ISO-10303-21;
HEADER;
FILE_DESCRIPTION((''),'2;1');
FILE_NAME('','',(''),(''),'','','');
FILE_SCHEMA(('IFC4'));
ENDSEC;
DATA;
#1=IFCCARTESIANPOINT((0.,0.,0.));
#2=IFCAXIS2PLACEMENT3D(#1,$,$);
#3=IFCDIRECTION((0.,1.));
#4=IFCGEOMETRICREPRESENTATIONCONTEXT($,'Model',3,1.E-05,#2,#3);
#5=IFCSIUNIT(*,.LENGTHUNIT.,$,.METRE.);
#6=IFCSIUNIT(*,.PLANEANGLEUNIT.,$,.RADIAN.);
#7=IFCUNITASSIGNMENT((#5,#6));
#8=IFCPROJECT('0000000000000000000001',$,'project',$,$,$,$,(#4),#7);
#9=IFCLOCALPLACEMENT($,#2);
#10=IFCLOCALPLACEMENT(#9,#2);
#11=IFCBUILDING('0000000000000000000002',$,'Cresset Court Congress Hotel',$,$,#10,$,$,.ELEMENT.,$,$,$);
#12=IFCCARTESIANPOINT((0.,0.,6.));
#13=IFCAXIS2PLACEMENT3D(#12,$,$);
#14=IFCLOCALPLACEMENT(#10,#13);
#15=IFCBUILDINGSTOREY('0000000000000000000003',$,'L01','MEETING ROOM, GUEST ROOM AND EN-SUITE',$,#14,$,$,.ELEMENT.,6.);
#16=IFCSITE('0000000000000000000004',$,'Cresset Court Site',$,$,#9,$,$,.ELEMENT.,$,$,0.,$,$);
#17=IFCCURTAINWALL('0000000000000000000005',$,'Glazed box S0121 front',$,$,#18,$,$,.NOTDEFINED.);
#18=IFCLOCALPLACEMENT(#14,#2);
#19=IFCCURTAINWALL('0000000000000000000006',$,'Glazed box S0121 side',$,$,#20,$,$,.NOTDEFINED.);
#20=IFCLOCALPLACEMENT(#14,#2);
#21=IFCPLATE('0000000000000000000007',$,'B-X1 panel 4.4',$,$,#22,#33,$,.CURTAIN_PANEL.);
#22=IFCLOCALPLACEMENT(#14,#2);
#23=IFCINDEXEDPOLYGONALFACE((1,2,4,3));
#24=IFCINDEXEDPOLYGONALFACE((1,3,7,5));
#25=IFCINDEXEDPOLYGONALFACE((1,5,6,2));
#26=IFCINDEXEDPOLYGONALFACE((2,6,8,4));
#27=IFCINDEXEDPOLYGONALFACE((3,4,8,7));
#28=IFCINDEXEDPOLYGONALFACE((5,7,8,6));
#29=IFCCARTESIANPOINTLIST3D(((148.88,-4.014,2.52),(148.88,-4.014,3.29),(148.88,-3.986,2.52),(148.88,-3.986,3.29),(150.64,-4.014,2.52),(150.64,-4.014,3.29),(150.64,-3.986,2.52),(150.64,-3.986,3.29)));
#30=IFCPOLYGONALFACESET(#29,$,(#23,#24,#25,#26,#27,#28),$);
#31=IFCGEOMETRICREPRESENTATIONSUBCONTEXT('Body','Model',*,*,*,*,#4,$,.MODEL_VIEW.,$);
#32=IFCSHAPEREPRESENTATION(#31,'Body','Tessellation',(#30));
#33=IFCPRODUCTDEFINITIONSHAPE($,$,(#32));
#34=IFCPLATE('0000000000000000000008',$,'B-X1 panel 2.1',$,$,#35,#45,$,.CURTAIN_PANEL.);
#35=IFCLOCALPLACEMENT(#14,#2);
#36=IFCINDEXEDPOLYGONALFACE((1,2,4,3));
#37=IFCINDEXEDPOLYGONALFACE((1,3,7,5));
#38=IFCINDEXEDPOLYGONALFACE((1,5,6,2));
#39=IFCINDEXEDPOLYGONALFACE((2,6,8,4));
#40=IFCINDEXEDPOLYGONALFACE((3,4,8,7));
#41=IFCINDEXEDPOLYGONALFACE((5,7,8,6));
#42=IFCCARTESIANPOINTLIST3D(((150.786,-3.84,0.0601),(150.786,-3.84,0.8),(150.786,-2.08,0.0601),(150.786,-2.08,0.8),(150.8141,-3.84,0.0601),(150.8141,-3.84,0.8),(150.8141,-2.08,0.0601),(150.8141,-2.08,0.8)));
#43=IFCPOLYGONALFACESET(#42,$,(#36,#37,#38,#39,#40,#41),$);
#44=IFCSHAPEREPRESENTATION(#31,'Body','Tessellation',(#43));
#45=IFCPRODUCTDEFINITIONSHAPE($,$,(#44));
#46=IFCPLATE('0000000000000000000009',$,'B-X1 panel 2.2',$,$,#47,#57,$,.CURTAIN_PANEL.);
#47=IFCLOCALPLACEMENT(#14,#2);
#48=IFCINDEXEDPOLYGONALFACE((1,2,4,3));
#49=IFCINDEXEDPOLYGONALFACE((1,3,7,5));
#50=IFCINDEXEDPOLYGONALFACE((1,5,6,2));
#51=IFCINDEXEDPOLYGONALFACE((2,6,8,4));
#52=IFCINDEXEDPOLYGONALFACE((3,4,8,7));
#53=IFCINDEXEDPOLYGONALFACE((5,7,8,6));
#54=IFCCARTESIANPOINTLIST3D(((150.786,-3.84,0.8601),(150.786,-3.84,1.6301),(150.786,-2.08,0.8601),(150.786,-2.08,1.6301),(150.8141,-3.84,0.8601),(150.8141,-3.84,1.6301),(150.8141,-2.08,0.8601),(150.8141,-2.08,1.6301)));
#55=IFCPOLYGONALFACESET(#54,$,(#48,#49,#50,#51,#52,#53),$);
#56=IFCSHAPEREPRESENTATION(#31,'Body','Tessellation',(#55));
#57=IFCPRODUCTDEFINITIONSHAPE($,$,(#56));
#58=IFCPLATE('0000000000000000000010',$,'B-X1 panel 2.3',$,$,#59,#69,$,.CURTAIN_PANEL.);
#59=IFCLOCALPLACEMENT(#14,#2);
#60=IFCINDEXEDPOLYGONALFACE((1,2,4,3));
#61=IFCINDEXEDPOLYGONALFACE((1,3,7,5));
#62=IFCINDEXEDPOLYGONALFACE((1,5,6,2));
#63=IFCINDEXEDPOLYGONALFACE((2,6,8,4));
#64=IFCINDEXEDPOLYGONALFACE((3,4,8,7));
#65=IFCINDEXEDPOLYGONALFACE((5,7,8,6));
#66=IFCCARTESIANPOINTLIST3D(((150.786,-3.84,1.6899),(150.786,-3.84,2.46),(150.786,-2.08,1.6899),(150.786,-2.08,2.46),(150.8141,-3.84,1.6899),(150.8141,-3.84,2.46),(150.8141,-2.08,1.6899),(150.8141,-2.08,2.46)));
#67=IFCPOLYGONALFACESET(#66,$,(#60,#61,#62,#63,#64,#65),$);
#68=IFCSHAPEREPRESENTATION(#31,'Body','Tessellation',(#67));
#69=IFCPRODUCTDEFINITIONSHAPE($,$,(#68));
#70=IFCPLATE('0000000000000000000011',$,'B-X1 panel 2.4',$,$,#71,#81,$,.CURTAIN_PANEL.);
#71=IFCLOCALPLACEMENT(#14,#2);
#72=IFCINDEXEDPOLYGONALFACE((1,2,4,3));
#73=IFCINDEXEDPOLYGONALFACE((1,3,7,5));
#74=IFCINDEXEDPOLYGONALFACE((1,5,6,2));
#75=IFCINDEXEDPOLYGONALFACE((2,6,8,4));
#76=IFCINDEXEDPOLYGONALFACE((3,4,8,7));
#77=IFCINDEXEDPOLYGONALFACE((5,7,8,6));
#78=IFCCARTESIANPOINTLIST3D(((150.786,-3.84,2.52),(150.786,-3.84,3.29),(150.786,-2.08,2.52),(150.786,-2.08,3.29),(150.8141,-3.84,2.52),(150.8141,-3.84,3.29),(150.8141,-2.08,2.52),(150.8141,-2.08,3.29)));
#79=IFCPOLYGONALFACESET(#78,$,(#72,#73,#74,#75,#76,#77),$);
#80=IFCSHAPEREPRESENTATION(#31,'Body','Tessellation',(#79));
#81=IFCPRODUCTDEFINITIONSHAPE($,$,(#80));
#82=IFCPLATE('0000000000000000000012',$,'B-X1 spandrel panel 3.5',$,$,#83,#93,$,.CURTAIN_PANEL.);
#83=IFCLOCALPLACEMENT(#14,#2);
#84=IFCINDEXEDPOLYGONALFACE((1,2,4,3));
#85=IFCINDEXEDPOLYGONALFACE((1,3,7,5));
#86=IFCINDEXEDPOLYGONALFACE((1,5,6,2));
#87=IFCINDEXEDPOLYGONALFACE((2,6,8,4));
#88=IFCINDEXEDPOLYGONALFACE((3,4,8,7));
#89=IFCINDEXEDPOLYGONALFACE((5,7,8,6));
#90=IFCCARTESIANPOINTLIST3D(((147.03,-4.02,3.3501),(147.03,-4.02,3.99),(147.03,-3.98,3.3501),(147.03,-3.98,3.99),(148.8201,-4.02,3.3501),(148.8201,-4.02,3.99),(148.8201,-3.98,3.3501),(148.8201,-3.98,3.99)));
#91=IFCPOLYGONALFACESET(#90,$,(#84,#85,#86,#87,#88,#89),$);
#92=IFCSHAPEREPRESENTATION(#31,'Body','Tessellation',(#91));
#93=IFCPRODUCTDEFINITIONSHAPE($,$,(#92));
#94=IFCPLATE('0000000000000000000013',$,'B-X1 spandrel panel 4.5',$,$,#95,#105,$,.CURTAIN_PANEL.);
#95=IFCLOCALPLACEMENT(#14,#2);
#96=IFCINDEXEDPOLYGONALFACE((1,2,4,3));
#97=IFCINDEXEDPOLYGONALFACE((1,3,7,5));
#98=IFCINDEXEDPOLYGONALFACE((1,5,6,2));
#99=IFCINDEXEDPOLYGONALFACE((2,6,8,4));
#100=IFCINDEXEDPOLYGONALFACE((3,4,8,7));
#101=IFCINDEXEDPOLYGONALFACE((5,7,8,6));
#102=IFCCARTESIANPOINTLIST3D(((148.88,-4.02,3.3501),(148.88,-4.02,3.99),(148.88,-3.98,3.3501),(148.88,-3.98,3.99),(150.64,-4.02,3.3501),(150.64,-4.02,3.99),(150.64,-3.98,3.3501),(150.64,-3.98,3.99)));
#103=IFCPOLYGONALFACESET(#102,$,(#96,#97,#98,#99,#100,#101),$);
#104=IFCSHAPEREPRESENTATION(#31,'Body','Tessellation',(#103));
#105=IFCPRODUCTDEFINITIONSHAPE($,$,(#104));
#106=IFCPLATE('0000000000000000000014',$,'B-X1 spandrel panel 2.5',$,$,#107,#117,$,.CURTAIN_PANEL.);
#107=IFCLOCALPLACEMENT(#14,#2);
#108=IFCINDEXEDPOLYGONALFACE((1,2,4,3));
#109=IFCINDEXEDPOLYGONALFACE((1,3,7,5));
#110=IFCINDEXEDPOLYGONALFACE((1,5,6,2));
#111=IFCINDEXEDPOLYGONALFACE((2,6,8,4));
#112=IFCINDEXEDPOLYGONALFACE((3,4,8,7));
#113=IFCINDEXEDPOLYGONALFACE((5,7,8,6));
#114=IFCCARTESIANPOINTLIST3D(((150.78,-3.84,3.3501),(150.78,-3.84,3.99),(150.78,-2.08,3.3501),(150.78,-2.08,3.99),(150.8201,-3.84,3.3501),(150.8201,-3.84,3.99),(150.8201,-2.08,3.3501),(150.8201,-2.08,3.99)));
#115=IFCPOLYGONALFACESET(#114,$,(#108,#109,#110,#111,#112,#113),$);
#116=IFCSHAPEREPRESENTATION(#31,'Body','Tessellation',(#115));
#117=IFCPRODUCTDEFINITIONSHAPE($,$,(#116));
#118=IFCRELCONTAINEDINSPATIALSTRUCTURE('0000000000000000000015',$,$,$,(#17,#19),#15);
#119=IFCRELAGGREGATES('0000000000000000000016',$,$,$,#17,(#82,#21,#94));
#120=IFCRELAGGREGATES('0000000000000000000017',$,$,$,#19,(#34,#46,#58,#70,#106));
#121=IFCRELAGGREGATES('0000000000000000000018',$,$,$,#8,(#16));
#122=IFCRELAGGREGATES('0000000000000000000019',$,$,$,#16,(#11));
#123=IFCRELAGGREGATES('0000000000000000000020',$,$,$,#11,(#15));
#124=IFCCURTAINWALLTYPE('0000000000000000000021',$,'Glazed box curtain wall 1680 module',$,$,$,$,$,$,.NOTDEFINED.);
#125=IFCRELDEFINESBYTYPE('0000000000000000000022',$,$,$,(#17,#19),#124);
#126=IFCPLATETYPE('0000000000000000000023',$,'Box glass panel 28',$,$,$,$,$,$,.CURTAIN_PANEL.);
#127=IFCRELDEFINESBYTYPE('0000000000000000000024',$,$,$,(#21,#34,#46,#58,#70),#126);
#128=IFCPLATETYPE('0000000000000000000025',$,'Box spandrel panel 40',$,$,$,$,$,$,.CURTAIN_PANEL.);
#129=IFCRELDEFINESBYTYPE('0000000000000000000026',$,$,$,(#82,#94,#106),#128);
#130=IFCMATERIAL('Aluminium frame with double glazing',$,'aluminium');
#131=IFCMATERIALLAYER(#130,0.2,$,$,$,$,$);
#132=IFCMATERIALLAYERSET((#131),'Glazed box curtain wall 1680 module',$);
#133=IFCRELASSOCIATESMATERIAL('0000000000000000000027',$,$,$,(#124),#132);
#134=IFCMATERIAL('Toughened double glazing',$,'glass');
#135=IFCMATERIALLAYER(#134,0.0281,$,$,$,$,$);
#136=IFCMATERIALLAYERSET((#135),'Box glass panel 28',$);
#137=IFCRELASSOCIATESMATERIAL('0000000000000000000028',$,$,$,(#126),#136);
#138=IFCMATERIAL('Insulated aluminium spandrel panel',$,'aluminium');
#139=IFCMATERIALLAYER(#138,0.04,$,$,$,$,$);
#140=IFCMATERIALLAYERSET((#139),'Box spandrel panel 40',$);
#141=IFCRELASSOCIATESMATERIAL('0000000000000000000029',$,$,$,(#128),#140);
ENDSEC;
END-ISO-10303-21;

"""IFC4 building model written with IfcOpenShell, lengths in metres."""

from ifc_helpers import new_model, si_unit, direction, frame, origin, origin_2d, place, context, subcontext, project, spatial, rectangle, extrude, material, layer, layer_set, type_object, element, aggregate, save


model = new_model("IFC4")

# Units and contexts
model_context = context("Model", 3, precision=1e-05, world=origin(), true_north=direction((0.0, 1.0)))
body_context = subcontext(model_context, "Body", "Model", "MODEL_VIEW")
ifc_project = project(units=[si_unit("LENGTHUNIT", "METRE"), si_unit("PLANEANGLEUNIT", "RADIAN")], contexts=[model_context])

# Site, building, storey
site_placement = place(None, origin())
site = spatial("IfcSite", under=ifc_project, at=site_placement, Name="Cresset Court Site", CompositionType="ELEMENT", RefElevation=0.0)
building_placement = place(site_placement, origin())
building = spatial("IfcBuilding", under=site, at=building_placement, Name="Cresset Court Congress Hotel", CompositionType="ELEMENT")
storey_placement = place(building_placement, frame((0.0, 0.0, 6.0)))
storey = spatial("IfcBuildingStorey", under=building, at=storey_placement, Name="L01", Description="MEETING ROOM, GUEST ROOM AND EN-SUITE", CompositionType="ELEMENT", Elevation=6.0)

# Curtain wall
ifc_material_1 = material(Name="Aluminium frame with double glazing", Category="aluminium")
ifc_layer_1 = layer(ifc_material_1, 0.2)
ifc_layer_set_1 = layer_set([ifc_layer_1], Name="Glazed box curtain wall 1680 module")
curtain_wall_type = type_object("IfcCurtainWallType", Name="Glazed box curtain wall 1680 module", PredefinedType="NOTDEFINED", material=ifc_layer_set_1)
curtain_wall_1_placement = place(storey_placement, origin())
curtain_wall_1 = element("IfcCurtainWall", 1, at=curtain_wall_1_placement, inside=storey, type_object=curtain_wall_type, Name="Glazed box S0121 front", PredefinedType="NOTDEFINED")

# Curtain wall
curtain_wall_2_placement = place(storey_placement, origin())
curtain_wall_2 = element("IfcCurtainWall", 2, at=curtain_wall_2_placement, inside=storey, type_object=curtain_wall_type, Name="Glazed box S0121 side", PredefinedType="NOTDEFINED")

# Plates
ifc_material_2 = material(Name="Toughened double glazing", Category="glass")
ifc_layer_2 = layer(ifc_material_2, 0.0281)
ifc_layer_set_2 = layer_set([ifc_layer_2], Name="Box glass panel 28")
plate_type_1 = type_object("IfcPlateType", Name="Box glass panel 28", PredefinedType="CURTAIN_PANEL", material=ifc_layer_set_2)
plate_1_placement = place(storey_placement, frame((149.76, -4.0, 2.52), z_axis=(0.0, 0.0, 1.0), x_axis=(1.0, 0.0, 0.0)))
plate_1 = element("IfcPlate", 3, at=plate_1_placement, type_object=plate_type_1, Name="B-X1 panel 4.4", PredefinedType="CURTAIN_PANEL", context=body_context, shape_type="SweptSolid", body=[
    extrude(rectangle(XDim=1.76, YDim=0.0281, at=origin_2d()), origin(), (0.0, 0.0, 1.0), 0.77),
])
plate_2_placement = place(storey_placement, frame((150.8, -2.96, 0.0601), z_axis=(0.0, 0.0, 1.0), x_axis=(0.0, -1.0, 0.0)))
plate_2 = element("IfcPlate", 4, at=plate_2_placement, type_object=plate_type_1, Name="B-X1 panel 2.1", PredefinedType="CURTAIN_PANEL", context=body_context, shape_type="SweptSolid", body=[
    extrude(rectangle(XDim=1.76, YDim=0.0281, at=origin_2d()), origin(), (0.0, 0.0, 1.0), 0.74),
])
plate_3_placement = place(storey_placement, frame((150.8, -2.96, 0.8601), z_axis=(0.0, 0.0, 1.0), x_axis=(0.0, -1.0, 0.0)))
plate_3 = element("IfcPlate", 5, at=plate_3_placement, type_object=plate_type_1, Name="B-X1 panel 2.2", PredefinedType="CURTAIN_PANEL", context=body_context, shape_type="SweptSolid", body=[
    extrude(rectangle(XDim=1.76, YDim=0.0281, at=origin_2d()), origin(), (0.0, 0.0, 1.0), 0.77),
])
plate_4_placement = place(storey_placement, frame((150.8, -2.96, 1.6899), z_axis=(0.0, 0.0, 1.0), x_axis=(0.0, -1.0, 0.0)))
plate_4 = element("IfcPlate", 6, at=plate_4_placement, type_object=plate_type_1, Name="B-X1 panel 2.3", PredefinedType="CURTAIN_PANEL", context=body_context, shape_type="SweptSolid", body=[
    extrude(rectangle(XDim=1.76, YDim=0.0281, at=origin_2d()), origin(), (0.0, 0.0, 1.0), 0.77),
])
plate_5_placement = place(storey_placement, frame((150.8, -2.96, 2.52), z_axis=(0.0, 0.0, 1.0), x_axis=(0.0, -1.0, 0.0)))
plate_5 = element("IfcPlate", 7, at=plate_5_placement, type_object=plate_type_1, Name="B-X1 panel 2.4", PredefinedType="CURTAIN_PANEL", context=body_context, shape_type="SweptSolid", body=[
    extrude(rectangle(XDim=1.76, YDim=0.0281, at=origin_2d()), origin(), (0.0, 0.0, 1.0), 0.77),
])
ifc_material_3 = material(Name="Insulated aluminium spandrel panel", Category="aluminium")
ifc_layer_3 = layer(ifc_material_3, 0.04)
ifc_layer_set_3 = layer_set([ifc_layer_3], Name="Box spandrel panel 40")
plate_type_2 = type_object("IfcPlateType", Name="Box spandrel panel 40", PredefinedType="CURTAIN_PANEL", material=ifc_layer_set_3)
plate_6_placement = place(storey_placement, frame((147.925, -4.0, 3.3501), z_axis=(0.0, 0.0, 1.0), x_axis=(1.0, 0.0, 0.0)))
plate_6 = element("IfcPlate", 8, at=plate_6_placement, type_object=plate_type_2, Name="B-X1 spandrel panel 3.5", PredefinedType="CURTAIN_PANEL", context=body_context, shape_type="SweptSolid", body=[
    extrude(rectangle(XDim=1.79, YDim=0.04, at=origin_2d()), origin(), (0.0, 0.0, 1.0), 0.6399),
])
plate_7_placement = place(storey_placement, frame((149.76, -4.0, 3.3501), z_axis=(0.0, 0.0, 1.0), x_axis=(1.0, 0.0, 0.0)))
plate_7 = element("IfcPlate", 9, at=plate_7_placement, type_object=plate_type_2, Name="B-X1 spandrel panel 4.5", PredefinedType="CURTAIN_PANEL", context=body_context, shape_type="SweptSolid", body=[
    extrude(rectangle(XDim=1.76, YDim=0.04, at=origin_2d()), origin(), (0.0, 0.0, 1.0), 0.6399),
])
aggregate(curtain_wall_1, [plate_6, plate_1, plate_7])
plate_8_placement = place(storey_placement, frame((150.8, -2.96, 3.3501), z_axis=(0.0, 0.0, 1.0), x_axis=(0.0, -1.0, 0.0)))
plate_8 = element("IfcPlate", 10, at=plate_8_placement, type_object=plate_type_2, Name="B-X1 spandrel panel 2.5", PredefinedType="CURTAIN_PANEL", context=body_context, shape_type="SweptSolid", body=[
    extrude(rectangle(XDim=1.76, YDim=0.04, at=origin_2d()), origin(), (0.0, 0.0, 1.0), 0.6399),
])
aggregate(curtain_wall_2, [plate_2, plate_3, plate_4, plate_5, plate_8])

save(model, "model.ifc")
